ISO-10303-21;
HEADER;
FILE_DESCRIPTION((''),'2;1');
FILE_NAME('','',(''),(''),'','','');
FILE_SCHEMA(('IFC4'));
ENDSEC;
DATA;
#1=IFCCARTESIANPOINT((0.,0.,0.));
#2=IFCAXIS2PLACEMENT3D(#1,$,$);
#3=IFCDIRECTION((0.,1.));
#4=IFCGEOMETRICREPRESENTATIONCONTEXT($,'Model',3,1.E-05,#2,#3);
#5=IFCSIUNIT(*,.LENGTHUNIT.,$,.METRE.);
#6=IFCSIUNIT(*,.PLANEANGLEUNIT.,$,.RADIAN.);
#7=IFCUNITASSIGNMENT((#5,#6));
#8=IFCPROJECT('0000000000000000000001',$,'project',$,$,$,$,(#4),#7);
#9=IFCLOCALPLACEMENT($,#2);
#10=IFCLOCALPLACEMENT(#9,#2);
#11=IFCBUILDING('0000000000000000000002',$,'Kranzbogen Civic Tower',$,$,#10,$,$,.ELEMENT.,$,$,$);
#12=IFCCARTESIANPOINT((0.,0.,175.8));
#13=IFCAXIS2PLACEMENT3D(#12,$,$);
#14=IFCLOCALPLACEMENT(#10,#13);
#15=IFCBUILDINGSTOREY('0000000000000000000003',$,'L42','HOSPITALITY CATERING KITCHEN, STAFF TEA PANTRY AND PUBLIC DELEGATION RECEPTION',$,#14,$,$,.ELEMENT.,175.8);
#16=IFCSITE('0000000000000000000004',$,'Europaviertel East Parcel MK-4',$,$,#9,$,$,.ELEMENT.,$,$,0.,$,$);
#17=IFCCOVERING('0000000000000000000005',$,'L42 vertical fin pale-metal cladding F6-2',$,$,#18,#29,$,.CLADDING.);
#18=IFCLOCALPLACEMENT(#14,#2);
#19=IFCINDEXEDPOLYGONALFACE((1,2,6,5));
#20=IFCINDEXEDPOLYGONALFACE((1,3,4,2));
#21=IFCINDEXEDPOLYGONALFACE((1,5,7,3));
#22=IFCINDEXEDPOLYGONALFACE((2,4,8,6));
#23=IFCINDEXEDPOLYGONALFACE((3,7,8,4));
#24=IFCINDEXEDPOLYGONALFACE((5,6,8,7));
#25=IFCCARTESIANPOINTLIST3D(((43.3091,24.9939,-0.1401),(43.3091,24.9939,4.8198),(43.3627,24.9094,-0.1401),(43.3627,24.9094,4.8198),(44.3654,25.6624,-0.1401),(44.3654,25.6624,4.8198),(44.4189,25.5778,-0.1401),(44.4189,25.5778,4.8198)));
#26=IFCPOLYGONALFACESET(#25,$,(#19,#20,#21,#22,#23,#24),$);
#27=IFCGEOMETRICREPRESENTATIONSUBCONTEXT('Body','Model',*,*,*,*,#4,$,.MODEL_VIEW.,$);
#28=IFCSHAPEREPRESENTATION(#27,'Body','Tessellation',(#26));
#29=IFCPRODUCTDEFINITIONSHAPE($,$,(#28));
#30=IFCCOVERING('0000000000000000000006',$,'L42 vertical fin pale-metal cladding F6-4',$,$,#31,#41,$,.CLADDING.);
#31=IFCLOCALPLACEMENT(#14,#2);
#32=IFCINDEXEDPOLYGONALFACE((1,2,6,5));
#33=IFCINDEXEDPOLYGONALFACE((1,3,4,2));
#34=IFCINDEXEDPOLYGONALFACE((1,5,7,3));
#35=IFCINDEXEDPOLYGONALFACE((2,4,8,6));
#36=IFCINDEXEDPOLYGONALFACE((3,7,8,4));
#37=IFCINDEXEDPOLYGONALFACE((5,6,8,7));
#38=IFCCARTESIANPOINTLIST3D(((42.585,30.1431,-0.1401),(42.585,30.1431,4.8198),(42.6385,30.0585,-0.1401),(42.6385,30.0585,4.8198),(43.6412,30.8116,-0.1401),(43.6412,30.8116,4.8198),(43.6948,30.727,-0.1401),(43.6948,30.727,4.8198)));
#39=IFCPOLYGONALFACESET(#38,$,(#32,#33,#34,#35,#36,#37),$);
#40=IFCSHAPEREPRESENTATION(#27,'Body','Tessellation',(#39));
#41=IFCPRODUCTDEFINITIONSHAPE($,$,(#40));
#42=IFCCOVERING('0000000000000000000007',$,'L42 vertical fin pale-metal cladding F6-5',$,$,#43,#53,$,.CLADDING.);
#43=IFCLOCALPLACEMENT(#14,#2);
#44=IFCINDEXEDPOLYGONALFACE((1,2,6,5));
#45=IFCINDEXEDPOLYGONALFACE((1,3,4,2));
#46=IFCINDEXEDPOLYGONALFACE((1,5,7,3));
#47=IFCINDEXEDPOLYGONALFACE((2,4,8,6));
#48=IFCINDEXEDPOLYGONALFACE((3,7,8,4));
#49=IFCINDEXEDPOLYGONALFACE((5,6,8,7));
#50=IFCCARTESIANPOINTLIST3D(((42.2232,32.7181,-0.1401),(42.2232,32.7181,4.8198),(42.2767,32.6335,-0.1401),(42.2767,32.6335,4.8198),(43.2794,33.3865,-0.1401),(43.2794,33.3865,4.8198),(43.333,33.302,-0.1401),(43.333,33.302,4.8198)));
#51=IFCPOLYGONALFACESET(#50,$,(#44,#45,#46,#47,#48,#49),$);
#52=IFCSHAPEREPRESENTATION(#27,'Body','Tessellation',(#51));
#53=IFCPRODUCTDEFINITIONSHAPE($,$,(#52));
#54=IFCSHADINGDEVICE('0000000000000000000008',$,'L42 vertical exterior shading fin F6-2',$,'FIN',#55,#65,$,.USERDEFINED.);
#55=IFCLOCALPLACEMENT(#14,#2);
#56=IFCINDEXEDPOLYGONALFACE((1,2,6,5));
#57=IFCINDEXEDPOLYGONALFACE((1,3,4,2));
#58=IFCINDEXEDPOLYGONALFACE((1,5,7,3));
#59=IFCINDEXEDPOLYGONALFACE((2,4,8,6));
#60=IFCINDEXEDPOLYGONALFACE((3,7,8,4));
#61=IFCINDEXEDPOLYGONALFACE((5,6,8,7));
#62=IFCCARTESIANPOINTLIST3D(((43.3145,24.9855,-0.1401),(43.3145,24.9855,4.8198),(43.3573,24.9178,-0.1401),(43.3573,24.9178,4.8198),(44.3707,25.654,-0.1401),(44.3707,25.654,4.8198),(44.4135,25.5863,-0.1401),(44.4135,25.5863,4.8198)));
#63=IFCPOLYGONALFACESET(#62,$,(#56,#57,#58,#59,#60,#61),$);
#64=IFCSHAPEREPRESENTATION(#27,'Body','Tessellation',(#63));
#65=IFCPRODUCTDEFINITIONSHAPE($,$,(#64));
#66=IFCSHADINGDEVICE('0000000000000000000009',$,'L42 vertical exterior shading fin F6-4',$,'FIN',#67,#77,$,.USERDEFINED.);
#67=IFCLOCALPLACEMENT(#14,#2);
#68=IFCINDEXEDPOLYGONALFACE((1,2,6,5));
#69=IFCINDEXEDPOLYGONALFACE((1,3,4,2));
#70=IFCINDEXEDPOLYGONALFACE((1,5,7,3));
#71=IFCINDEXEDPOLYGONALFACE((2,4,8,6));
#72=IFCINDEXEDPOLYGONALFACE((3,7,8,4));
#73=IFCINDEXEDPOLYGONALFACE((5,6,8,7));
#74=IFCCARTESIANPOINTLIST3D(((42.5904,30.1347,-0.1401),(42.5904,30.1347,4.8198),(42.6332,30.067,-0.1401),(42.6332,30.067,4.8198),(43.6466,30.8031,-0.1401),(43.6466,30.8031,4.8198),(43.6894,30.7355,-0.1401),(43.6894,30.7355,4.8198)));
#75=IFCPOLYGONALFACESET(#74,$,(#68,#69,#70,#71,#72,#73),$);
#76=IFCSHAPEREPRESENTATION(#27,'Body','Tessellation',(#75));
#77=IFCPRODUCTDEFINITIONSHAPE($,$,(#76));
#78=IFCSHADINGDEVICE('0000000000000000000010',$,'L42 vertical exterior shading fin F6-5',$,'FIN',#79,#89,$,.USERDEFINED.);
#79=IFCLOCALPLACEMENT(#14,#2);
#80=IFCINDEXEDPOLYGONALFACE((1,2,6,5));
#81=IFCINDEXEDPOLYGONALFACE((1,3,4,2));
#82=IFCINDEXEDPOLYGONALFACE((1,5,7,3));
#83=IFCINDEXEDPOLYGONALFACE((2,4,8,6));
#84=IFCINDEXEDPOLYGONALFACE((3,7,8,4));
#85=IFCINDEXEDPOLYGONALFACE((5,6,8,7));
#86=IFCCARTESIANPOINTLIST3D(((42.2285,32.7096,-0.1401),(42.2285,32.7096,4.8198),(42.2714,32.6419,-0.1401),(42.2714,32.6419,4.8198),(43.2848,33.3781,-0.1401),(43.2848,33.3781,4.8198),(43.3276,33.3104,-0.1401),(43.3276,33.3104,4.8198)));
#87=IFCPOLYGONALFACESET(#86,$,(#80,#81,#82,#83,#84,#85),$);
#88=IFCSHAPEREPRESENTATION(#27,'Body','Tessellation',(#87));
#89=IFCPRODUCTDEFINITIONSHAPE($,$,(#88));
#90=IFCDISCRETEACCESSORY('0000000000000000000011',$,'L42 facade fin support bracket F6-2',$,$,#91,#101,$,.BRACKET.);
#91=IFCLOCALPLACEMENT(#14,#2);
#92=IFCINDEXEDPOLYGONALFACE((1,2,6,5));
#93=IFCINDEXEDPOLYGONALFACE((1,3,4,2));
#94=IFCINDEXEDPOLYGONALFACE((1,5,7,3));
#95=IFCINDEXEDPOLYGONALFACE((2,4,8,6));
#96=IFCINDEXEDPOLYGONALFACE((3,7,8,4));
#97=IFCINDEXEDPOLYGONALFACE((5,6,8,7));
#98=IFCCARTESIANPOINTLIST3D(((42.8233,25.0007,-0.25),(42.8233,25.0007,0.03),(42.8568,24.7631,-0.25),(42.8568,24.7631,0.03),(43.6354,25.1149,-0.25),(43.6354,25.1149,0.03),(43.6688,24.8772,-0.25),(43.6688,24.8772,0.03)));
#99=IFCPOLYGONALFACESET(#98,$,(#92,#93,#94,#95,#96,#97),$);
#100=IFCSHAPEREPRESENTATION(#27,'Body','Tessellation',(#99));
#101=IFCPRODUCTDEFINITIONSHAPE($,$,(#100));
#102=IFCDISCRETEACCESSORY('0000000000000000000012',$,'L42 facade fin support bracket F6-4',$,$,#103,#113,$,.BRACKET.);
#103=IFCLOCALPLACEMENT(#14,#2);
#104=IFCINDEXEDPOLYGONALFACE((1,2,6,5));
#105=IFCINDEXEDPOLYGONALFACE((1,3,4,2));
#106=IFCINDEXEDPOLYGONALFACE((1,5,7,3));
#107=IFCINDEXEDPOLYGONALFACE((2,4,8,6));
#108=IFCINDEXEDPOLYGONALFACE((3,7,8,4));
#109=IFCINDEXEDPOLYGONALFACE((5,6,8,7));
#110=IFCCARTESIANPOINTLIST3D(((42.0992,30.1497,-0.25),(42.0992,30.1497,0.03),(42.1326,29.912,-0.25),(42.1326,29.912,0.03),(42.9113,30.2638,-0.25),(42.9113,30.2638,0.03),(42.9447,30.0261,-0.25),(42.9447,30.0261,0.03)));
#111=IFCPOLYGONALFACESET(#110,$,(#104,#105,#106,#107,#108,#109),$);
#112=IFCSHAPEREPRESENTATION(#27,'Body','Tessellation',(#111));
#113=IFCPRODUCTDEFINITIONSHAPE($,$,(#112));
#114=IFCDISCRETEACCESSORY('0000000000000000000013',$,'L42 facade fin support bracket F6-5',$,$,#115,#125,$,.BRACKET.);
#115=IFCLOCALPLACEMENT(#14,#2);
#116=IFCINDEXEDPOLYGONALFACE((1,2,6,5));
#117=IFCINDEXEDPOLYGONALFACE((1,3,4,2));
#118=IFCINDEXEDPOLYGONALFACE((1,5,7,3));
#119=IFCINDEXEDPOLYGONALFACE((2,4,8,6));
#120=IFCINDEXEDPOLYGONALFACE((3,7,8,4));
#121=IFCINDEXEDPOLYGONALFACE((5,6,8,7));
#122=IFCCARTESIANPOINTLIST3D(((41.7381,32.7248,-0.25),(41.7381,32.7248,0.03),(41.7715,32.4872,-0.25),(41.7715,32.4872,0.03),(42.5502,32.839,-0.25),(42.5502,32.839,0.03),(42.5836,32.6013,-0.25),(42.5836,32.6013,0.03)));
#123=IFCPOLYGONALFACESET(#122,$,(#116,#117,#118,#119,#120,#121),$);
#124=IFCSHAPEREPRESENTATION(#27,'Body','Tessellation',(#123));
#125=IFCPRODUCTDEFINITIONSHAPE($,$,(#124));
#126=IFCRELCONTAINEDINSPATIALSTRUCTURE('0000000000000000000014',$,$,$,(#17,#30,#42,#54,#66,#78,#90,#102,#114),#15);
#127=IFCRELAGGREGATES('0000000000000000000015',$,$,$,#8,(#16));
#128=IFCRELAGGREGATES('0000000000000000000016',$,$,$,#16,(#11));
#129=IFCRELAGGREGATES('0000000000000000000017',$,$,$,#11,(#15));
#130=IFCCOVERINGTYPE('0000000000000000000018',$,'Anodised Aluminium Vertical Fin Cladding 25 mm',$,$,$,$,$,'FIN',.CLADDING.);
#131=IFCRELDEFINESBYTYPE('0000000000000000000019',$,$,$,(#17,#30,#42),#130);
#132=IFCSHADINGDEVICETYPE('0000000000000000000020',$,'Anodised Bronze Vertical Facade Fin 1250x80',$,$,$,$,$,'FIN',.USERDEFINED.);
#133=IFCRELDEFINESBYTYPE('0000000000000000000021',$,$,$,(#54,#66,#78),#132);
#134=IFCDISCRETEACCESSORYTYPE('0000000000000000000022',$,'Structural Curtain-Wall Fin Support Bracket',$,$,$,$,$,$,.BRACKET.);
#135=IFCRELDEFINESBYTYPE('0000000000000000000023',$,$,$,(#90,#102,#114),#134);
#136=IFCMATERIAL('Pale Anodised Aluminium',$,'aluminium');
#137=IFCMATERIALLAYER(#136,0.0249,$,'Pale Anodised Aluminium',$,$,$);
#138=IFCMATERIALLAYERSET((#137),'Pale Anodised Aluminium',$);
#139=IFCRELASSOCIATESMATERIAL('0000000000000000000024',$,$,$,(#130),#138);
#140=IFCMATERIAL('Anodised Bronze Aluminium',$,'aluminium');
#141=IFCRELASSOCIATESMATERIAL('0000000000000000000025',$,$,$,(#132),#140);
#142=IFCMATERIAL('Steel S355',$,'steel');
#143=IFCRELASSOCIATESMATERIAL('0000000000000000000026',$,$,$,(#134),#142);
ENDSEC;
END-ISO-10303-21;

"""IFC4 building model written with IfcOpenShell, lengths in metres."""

from ifc_helpers import new_model, si_unit, direction, frame, origin, origin_2d, place, context, subcontext, project, spatial, rectangle, extrude, material, layer, layer_set, type_object, element, save


model = new_model("IFC4")

# Units and contexts
model_context = context("Model", 3, precision=1e-05, world=origin(), true_north=direction((0.0, 1.0)))
body_context = subcontext(model_context, "Body", "Model", "MODEL_VIEW")
ifc_project = project(units=[si_unit("LENGTHUNIT", "METRE"), si_unit("PLANEANGLEUNIT", "RADIAN")], contexts=[model_context])

# Site, building, storey
site_placement = place(None, origin())
site = spatial("IfcSite", under=ifc_project, at=site_placement, Name="Europaviertel East Parcel MK-4", CompositionType="ELEMENT", RefElevation=0.0)
building_placement = place(site_placement, origin())
building = spatial("IfcBuilding", under=site, at=building_placement, Name="Kranzbogen Civic Tower", CompositionType="ELEMENT")
storey_placement = place(building_placement, frame((0.0, 0.0, 175.8)))
storey = spatial("IfcBuildingStorey", under=building, at=storey_placement, Name="L42", Description="HOSPITALITY CATERING KITCHEN, STAFF TEA PANTRY AND PUBLIC DELEGATION RECEPTION", CompositionType="ELEMENT", Elevation=175.8)

# Shared definitions
ifc_material_1 = material(Name="Pale Anodised Aluminium", Category="aluminium")

# Shared definitions
ifc_material_2 = material(Name="Steel S355", Category="steel")

# Coverings
ifc_layer_1 = layer(ifc_material_1, 0.0249, Name="Pale Anodised Aluminium")
ifc_layer_set_1 = layer_set([ifc_layer_1], Name="Pale Anodised Aluminium")
covering_type = type_object("IfcCoveringType", Name="Anodised Aluminium Vertical Fin Cladding 25 mm", ElementType="FIN", PredefinedType="CLADDING", material=ifc_layer_set_1)
for number, where, z_axis, x_axis, name in (
    (1, (43.864, 25.2859, -0.1401), (0.0, 0.0, 1.0), (0.844991, 0.53478, 0.0), "L42 vertical fin pale-metal cladding F6-2"),
    (2, (43.1399, 30.4351, -0.1401), (0.0, 0.0, 1.0), (0.844991, 0.53478, 0.0), "L42 vertical fin pale-metal cladding F6-4"),
    (3, (42.7781, 33.01, -0.1401), (0.0, 0.0, 1.0), (0.844991, 0.53478, 0.0), "L42 vertical fin pale-metal cladding F6-5"),
):
    element("IfcCovering", number, at=place(storey_placement, frame(where, z_axis=z_axis, x_axis=x_axis)), inside=storey, type_object=covering_type, Name=name, PredefinedType="CLADDING", context=body_context, shape_type="SweptSolid", body=[
        extrude(rectangle(XDim=1.25, YDim=0.1001, at=origin_2d()), origin(), (0.0, 0.0, 1.0), 4.96),
    ])

# Shading devices
ifc_material_3 = material(Name="Anodised Bronze Aluminium", Category="aluminium")
shading_device_type = type_object("IfcShadingDeviceType", Name="Anodised Bronze Vertical Facade Fin 1250x80", ElementType="FIN", PredefinedType="USERDEFINED", material=ifc_material_3)
for number, where, z_axis, x_axis, name in (
    (4, (43.864, 25.2859, -0.1401), (0.0, 0.0, 1.0), (0.844991, 0.53478, 0.0), "L42 vertical exterior shading fin F6-2"),
    (5, (43.1399, 30.4351, -0.1401), (0.0, 0.0, 1.0), (0.844991, 0.53478, 0.0), "L42 vertical exterior shading fin F6-4"),
    (6, (42.7781, 33.01, -0.1401), (0.0, 0.0, 1.0), (0.844991, 0.53478, 0.0), "L42 vertical exterior shading fin F6-5"),
):
    element("IfcShadingDevice", number, at=place(storey_placement, frame(where, z_axis=z_axis, x_axis=x_axis)), inside=storey, type_object=shading_device_type, Name=name, ObjectType="FIN", PredefinedType="USERDEFINED", context=body_context, shape_type="SweptSolid", body=[
        extrude(rectangle(XDim=1.25, YDim=0.0801, at=origin_2d()), origin(), (0.0, 0.0, 1.0), 4.96),
    ])

# Discrete accessories
discrete_accessory_type = type_object("IfcDiscreteAccessoryType", Name="Structural Curtain-Wall Fin Support Bracket", PredefinedType="BRACKET", material=ifc_material_2)
for number, where, z_axis, x_axis, name in (
    (7, (43.2461, 24.939, -0.25), (0.0, 0.0, 1.0), (0.990268, 0.139173, 0.0), "L42 facade fin support bracket F6-2"),
    (8, (42.522, 30.0879, -0.25), (0.0, 0.0, 1.0), (0.990268, 0.139173, 0.0), "L42 facade fin support bracket F6-4"),
    (9, (42.1609, 32.6631, -0.25), (0.0, 0.0, 1.0), (0.990268, 0.139173, 0.0), "L42 facade fin support bracket F6-5"),
):
    element("IfcDiscreteAccessory", number, at=place(storey_placement, frame(where, z_axis=z_axis, x_axis=x_axis)), inside=storey, type_object=discrete_accessory_type, Name=name, PredefinedType="BRACKET", context=body_context, shape_type="SweptSolid", body=[
        extrude(rectangle(XDim=0.8201, YDim=0.24, at=origin_2d()), origin(), (0.0, 0.0, 1.0), 0.28),
    ])

save(model, "model.ifc")
